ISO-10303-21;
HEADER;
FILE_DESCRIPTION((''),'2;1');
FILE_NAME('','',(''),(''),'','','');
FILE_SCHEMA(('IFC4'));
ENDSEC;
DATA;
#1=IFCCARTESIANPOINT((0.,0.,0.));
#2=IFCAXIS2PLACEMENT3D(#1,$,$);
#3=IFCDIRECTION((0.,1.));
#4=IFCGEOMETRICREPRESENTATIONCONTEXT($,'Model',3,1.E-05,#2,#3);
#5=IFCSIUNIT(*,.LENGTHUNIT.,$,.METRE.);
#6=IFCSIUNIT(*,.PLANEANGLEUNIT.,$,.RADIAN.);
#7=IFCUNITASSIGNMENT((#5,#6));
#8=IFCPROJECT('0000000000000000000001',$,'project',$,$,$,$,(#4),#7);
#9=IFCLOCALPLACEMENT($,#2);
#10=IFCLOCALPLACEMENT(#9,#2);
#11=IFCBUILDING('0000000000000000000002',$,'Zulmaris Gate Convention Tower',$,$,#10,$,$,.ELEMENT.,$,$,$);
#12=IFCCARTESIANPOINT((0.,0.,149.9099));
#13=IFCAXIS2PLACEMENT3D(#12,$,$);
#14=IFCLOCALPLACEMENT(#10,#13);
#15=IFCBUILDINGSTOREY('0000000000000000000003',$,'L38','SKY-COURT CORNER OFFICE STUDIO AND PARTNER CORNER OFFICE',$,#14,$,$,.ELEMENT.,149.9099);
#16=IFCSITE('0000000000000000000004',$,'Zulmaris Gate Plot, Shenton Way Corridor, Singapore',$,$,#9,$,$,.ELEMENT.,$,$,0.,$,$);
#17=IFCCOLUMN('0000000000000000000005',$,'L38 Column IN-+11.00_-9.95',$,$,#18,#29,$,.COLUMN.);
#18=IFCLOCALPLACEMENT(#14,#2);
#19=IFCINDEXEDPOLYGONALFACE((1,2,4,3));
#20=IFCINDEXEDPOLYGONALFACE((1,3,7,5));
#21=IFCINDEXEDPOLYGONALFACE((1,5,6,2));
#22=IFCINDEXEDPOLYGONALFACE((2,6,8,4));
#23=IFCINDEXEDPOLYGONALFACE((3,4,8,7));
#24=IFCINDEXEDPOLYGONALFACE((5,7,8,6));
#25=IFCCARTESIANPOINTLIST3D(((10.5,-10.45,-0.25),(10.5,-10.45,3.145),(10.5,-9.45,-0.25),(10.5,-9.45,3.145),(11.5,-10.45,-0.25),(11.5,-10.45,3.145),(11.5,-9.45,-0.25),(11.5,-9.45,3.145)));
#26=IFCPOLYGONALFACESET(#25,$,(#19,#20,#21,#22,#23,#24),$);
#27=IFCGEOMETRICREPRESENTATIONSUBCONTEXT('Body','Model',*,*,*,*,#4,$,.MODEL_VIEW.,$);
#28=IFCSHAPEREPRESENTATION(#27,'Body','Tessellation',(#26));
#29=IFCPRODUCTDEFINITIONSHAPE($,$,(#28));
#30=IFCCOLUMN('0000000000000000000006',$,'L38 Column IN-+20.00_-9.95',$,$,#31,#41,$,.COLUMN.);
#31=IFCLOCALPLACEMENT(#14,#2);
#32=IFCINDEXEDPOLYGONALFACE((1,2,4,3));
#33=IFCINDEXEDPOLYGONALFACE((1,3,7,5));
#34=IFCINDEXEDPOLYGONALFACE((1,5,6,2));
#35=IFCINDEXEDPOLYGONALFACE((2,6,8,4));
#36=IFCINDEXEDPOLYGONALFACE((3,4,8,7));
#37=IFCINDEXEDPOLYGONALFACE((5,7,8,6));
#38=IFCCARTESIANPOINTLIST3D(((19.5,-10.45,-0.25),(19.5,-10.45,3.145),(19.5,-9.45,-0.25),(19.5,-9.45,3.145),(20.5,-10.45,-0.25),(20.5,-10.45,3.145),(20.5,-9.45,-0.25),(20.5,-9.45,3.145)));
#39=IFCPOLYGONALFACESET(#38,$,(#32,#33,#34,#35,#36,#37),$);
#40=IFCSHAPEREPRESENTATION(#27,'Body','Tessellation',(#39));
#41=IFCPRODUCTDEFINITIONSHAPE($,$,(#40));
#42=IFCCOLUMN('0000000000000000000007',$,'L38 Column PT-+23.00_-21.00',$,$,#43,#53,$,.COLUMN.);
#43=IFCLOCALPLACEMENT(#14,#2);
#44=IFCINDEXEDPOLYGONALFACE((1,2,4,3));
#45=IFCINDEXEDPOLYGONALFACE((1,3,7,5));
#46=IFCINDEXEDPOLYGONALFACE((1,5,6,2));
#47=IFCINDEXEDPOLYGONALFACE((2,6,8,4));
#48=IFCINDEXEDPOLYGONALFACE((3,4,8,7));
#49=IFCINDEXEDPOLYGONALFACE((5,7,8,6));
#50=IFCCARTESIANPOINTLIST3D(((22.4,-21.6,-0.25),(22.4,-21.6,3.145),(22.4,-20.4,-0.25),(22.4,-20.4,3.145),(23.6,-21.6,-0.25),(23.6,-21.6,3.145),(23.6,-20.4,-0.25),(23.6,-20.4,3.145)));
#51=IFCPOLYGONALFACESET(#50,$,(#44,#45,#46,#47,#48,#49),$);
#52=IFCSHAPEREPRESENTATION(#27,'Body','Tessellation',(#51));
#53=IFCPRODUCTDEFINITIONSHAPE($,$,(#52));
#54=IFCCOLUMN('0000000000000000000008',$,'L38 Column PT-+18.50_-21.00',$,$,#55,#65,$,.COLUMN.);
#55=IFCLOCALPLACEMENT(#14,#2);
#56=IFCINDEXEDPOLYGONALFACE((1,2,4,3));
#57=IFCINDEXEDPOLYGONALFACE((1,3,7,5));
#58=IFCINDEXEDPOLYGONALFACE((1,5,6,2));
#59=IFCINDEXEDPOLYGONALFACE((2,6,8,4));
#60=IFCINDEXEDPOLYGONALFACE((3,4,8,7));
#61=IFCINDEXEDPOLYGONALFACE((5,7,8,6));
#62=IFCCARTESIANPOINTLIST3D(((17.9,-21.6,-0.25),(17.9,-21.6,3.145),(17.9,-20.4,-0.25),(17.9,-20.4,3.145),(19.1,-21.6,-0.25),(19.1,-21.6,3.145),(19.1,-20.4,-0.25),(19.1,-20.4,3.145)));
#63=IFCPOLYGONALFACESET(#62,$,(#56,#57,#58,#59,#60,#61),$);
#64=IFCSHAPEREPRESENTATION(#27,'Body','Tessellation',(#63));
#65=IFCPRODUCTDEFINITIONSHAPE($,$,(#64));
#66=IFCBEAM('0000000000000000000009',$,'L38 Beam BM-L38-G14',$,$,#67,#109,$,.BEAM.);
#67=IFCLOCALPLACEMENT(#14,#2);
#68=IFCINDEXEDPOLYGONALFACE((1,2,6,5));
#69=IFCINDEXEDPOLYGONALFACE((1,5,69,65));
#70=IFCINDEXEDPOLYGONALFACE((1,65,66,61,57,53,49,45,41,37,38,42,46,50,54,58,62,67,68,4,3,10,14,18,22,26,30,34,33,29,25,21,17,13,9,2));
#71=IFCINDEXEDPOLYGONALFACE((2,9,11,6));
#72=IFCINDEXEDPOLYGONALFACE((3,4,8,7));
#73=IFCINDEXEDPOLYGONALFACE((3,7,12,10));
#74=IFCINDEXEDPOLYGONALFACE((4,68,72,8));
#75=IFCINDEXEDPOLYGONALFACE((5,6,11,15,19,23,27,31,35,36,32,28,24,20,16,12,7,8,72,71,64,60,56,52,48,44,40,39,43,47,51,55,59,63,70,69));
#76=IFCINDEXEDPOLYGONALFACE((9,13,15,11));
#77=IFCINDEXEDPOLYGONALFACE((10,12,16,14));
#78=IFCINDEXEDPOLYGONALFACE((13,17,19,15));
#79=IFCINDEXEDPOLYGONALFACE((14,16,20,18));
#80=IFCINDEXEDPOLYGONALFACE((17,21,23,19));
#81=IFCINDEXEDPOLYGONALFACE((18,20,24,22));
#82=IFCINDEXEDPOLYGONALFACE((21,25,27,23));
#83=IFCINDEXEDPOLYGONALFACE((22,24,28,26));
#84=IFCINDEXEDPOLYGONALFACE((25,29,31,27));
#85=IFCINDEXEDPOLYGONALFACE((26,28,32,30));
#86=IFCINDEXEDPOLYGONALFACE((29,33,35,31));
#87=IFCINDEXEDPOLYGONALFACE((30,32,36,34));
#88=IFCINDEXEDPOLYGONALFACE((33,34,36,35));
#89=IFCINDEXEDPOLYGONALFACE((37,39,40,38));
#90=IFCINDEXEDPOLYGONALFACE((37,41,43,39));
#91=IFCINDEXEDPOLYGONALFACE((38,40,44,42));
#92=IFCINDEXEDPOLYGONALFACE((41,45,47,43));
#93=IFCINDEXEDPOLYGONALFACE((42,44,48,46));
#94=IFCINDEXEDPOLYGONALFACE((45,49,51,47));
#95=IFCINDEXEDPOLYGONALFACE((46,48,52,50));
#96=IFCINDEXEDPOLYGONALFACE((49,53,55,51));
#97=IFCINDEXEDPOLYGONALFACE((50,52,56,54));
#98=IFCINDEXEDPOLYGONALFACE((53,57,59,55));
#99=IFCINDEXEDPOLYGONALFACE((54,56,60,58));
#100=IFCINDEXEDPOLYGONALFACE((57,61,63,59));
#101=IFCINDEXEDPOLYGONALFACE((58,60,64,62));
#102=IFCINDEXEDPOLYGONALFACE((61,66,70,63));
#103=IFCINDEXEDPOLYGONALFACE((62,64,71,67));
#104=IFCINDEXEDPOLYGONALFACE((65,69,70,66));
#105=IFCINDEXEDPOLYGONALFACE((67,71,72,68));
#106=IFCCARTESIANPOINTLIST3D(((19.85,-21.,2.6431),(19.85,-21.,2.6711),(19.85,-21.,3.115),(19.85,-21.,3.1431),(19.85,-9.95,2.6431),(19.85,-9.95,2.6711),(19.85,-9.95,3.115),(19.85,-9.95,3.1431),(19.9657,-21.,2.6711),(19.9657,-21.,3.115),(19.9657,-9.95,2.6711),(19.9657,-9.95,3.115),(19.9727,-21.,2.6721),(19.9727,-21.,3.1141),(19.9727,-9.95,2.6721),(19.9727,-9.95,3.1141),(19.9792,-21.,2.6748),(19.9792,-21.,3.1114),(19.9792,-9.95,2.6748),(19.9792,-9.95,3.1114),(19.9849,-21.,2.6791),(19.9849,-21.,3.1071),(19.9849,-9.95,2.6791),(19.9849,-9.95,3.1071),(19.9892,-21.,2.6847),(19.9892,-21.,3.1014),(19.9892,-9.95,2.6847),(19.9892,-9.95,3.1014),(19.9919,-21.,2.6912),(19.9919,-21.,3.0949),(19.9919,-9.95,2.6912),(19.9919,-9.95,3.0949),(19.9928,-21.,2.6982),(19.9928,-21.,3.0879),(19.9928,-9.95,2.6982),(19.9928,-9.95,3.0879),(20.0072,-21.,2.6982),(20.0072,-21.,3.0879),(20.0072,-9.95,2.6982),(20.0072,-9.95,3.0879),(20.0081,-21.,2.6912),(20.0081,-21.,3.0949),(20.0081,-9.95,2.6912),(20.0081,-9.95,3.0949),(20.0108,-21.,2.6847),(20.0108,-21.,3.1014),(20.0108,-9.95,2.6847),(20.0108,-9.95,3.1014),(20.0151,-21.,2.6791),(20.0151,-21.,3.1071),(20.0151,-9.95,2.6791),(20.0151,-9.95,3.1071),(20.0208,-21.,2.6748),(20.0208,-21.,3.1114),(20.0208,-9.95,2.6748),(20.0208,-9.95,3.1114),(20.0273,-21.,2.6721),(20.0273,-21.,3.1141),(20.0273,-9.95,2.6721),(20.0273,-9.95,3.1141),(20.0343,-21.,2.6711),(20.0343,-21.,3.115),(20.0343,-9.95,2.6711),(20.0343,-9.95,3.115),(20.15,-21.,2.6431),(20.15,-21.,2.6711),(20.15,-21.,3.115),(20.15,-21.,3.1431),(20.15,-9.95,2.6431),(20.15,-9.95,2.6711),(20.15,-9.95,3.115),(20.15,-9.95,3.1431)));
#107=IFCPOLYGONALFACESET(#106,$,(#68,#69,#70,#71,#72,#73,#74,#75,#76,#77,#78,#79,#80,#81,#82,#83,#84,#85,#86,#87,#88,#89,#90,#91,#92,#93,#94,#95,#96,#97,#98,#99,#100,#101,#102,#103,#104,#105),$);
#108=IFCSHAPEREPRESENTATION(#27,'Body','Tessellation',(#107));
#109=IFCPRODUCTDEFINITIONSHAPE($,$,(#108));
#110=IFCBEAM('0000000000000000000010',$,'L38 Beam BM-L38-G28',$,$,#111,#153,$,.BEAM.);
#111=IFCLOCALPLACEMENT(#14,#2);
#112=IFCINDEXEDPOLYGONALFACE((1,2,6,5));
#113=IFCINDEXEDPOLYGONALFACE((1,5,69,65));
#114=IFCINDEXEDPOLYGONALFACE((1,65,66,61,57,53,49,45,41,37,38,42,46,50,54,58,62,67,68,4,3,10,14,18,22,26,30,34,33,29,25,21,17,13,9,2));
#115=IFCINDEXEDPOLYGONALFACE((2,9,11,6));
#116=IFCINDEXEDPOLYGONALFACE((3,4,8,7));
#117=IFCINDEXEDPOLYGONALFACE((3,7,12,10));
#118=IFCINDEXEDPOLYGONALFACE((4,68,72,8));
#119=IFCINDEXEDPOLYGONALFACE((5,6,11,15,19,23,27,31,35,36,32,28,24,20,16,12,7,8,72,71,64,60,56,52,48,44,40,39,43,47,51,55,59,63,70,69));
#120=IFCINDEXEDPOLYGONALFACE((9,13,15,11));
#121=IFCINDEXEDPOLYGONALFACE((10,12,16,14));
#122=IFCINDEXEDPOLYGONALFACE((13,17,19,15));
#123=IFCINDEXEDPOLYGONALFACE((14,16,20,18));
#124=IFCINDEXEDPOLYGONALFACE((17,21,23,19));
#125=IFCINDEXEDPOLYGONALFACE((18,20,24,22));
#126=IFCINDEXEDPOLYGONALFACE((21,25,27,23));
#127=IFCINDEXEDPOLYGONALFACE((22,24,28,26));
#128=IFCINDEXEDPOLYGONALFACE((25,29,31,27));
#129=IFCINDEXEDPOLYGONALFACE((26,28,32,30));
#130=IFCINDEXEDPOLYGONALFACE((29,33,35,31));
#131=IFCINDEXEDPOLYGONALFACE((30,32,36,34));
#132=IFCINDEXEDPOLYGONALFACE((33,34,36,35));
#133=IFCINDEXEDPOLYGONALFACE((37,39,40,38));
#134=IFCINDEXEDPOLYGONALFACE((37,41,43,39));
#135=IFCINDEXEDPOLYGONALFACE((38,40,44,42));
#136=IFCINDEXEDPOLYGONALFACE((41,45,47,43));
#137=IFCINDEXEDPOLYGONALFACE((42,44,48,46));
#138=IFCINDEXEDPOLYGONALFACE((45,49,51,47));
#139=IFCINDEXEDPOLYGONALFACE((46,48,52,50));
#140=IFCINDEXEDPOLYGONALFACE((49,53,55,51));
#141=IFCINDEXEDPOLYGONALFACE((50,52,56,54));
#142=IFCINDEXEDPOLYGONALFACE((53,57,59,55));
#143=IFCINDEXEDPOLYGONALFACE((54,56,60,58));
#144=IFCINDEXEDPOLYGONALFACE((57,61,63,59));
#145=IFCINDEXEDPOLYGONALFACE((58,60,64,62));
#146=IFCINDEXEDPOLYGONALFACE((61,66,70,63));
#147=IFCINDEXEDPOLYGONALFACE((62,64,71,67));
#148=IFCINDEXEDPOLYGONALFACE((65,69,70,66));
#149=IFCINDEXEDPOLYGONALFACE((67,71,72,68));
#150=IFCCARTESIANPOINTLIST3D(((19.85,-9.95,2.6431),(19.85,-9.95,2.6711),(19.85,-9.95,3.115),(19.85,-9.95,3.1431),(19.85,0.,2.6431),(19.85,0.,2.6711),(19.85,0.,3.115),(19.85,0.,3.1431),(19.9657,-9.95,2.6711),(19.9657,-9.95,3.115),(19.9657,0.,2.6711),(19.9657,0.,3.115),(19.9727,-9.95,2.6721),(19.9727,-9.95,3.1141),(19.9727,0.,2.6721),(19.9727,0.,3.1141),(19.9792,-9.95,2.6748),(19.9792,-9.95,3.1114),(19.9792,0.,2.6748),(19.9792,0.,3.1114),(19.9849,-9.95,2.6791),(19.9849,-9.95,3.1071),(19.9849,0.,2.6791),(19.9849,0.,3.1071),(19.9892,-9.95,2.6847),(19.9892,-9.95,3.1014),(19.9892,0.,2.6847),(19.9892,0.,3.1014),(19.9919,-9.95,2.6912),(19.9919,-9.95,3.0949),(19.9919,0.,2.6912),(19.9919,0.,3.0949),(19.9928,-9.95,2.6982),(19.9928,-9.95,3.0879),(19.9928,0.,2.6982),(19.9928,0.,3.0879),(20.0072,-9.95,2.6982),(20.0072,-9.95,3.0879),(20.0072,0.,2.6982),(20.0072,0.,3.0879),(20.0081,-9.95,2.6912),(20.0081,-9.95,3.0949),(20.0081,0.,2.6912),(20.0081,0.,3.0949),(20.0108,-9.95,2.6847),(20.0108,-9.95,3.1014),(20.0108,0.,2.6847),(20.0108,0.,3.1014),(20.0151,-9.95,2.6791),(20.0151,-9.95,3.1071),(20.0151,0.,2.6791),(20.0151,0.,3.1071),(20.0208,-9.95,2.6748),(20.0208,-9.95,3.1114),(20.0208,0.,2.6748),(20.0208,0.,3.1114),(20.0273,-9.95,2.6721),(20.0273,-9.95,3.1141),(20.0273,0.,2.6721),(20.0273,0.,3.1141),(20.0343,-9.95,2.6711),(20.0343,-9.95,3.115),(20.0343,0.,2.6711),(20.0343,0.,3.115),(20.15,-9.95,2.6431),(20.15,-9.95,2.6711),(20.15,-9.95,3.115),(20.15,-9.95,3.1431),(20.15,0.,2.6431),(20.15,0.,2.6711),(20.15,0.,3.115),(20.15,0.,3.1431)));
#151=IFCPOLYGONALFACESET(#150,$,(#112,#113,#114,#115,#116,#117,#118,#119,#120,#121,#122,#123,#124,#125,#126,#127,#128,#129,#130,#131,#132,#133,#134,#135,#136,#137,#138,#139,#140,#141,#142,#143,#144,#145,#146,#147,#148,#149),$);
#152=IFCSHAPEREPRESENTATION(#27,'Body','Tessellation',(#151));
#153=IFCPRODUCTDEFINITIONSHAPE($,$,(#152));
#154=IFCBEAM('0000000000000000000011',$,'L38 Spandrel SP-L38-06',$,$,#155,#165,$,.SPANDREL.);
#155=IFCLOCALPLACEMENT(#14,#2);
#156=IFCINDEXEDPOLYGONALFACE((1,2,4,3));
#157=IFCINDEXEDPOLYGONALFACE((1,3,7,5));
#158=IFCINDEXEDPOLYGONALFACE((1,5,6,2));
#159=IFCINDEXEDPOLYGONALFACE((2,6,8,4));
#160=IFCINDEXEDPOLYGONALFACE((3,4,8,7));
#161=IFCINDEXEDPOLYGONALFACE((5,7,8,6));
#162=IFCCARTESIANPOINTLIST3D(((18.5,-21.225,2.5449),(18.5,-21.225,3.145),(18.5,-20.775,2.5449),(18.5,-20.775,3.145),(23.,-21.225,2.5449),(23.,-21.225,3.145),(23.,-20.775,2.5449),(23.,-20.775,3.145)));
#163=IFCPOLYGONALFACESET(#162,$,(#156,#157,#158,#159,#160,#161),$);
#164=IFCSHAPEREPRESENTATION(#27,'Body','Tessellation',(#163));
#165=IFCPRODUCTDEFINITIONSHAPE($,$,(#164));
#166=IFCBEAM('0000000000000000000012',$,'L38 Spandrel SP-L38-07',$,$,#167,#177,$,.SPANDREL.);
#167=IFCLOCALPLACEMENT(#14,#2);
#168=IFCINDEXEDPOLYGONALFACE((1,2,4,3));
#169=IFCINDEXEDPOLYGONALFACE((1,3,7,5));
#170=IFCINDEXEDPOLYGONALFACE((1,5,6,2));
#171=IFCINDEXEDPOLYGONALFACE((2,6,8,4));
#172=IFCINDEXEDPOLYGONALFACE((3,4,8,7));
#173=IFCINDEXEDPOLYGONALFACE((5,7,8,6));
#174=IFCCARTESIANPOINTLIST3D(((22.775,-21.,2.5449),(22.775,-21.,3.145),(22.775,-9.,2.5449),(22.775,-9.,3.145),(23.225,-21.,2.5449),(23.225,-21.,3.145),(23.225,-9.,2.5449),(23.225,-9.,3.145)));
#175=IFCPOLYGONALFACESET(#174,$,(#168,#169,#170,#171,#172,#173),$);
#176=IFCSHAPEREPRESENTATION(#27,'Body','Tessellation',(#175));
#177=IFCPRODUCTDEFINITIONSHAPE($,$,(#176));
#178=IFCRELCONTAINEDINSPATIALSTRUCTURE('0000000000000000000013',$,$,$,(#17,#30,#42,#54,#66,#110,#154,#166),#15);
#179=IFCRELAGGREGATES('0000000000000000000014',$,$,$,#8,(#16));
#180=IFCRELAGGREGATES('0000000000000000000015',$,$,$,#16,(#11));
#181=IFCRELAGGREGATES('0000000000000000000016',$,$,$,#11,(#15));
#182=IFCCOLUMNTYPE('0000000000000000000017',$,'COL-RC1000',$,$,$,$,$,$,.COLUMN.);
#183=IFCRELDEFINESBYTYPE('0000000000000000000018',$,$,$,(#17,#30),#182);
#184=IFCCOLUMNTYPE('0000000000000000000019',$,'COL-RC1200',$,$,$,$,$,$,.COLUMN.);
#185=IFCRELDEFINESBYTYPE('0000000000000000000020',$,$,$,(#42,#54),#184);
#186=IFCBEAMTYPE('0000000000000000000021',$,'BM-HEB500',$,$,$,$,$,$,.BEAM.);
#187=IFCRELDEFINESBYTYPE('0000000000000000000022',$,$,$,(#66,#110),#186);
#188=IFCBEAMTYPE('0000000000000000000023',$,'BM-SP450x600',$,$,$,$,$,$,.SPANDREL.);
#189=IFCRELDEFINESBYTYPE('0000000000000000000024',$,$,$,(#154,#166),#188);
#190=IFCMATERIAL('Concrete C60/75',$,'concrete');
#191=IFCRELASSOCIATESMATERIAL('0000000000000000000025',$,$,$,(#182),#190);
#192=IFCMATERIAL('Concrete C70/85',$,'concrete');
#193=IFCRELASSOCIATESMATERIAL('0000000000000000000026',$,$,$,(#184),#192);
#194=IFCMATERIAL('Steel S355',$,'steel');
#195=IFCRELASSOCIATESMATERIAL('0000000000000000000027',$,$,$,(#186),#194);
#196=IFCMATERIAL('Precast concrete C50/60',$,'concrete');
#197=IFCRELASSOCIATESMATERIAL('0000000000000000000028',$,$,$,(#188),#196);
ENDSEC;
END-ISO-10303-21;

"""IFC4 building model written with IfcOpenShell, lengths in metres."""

from ifc_helpers import new_model, si_unit, direction, frame, origin, origin_2d, place, context, subcontext, project, spatial, rectangle, i_section, extrude, material, material_profile, profile_set, type_object, element, save


model = new_model("IFC4")

# Units and contexts
model_context = context("Model", 3, precision=1e-05, world=origin(), true_north=direction((0.0, 1.0)))
body_context = subcontext(model_context, "Body", "Model", "MODEL_VIEW")
ifc_project = project(units=[si_unit("LENGTHUNIT", "METRE"), si_unit("PLANEANGLEUNIT", "RADIAN")], contexts=[model_context])

# Site, building, storey
site_placement = place(None, origin())
site = spatial("IfcSite", under=ifc_project, at=site_placement, Name="Zulmaris Gate Plot, Shenton Way Corridor, Singapore", CompositionType="ELEMENT", RefElevation=0.0)
building_placement = place(site_placement, origin())
building = spatial("IfcBuilding", under=site, at=building_placement, Name="Zulmaris Gate Convention Tower", CompositionType="ELEMENT")
storey_placement = place(building_placement, frame((0.0, 0.0, 149.9099)))
storey = spatial("IfcBuildingStorey", under=building, at=storey_placement, Name="L38", Description="SKY-COURT CORNER OFFICE STUDIO AND PARTNER CORNER OFFICE", CompositionType="ELEMENT", Elevation=149.9099)

# Columns
ifc_material_1 = material(Name="Concrete C60/75", Category="concrete")
ifc_material_profile_1 = material_profile(ifc_material_1, rectangle(XDim=1.0, YDim=1.0, at=origin_2d()), Name="RC COL 1000x1000")
ifc_profile_set_1 = profile_set([ifc_material_profile_1], Name="Concrete C60/75")
column_type_1 = type_object("IfcColumnType", Name="COL-RC1000", PredefinedType="COLUMN", material=ifc_profile_set_1)
for number, where, z_axis, x_axis, name in (
    (1, (11.0, -9.95, -0.25), (0.0, 0.0, 1.0), (1.0, 0.0, 0.0), "L38 Column IN-+11.00_-9.95"),
    (2, (20.0, -9.95, -0.25), (0.0, 0.0, 1.0), (1.0, 0.0, 0.0), "L38 Column IN-+20.00_-9.95"),
):
    element("IfcColumn", number, at=place(storey_placement, frame(where, z_axis=z_axis, x_axis=x_axis)), inside=storey, type_object=column_type_1, Name=name, PredefinedType="COLUMN", context=body_context, shape_type="SweptSolid", body=[
        extrude(rectangle(XDim=1.0, YDim=1.0, at=origin_2d()), origin(), (0.0, 0.0, 1.0), 3.395),
    ])
ifc_material_2 = material(Name="Concrete C70/85", Category="concrete")
ifc_material_profile_2 = material_profile(ifc_material_2, rectangle(XDim=1.2, YDim=1.2, at=origin_2d()), Name="RC COL 1200x1200")
ifc_profile_set_2 = profile_set([ifc_material_profile_2], Name="Concrete C70/85")
column_type_2 = type_object("IfcColumnType", Name="COL-RC1200", PredefinedType="COLUMN", material=ifc_profile_set_2)
for number, where, z_axis, x_axis, name in (
    (3, (23.0, -21.0, -0.25), (0.0, 0.0, 1.0), (1.0, 0.0, 0.0), "L38 Column PT-+23.00_-21.00"),
    (4, (18.5, -21.0, -0.25), (0.0, 0.0, 1.0), (1.0, 0.0, 0.0), "L38 Column PT-+18.50_-21.00"),
):
    element("IfcColumn", number, at=place(storey_placement, frame(where, z_axis=z_axis, x_axis=x_axis)), inside=storey, type_object=column_type_2, Name=name, PredefinedType="COLUMN", context=body_context, shape_type="SweptSolid", body=[
        extrude(rectangle(XDim=1.2, YDim=1.2, at=origin_2d()), origin(), (0.0, 0.0, 1.0), 3.395),
    ])

# Beams
ifc_material_3 = material(Name="Steel S355", Category="steel")
ifc_material_profile_3 = material_profile(ifc_material_3, i_section(OverallWidth=0.3, OverallDepth=0.5, WebThickness=0.0144, FlangeThickness=0.0281, FilletRadius=0.0271, at=origin_2d()), Name="HEB 500")
ifc_profile_set_3 = profile_set([ifc_material_profile_3], Name="Steel S355")
beam_type_1 = type_object("IfcBeamType", Name="BM-HEB500", PredefinedType="BEAM", material=ifc_profile_set_3)
beam_1_placement = place(storey_placement, frame((20.0, -21.0, 2.8931), z_axis=(0.0, 1.0, 0.0), x_axis=(-1.0, 0.0, 0.0)))
element("IfcBeam", 5, at=beam_1_placement, inside=storey, type_object=beam_type_1, Name="L38 Beam BM-L38-G14", PredefinedType="BEAM", context=body_context, shape_type="SweptSolid", body=[
    extrude(i_section(OverallWidth=0.3, OverallDepth=0.5, WebThickness=0.0144, FlangeThickness=0.0281, FilletRadius=0.0271, at=origin_2d()), origin(), (0.0, 0.0, 1.0), 11.05),
])
beam_2_placement = place(storey_placement, frame((20.0, -9.95, 2.8931), z_axis=(0.0, 1.0, 0.0), x_axis=(-1.0, 0.0, 0.0)))
element("IfcBeam", 6, at=beam_2_placement, inside=storey, type_object=beam_type_1, Name="L38 Beam BM-L38-G28", PredefinedType="BEAM", context=body_context, shape_type="SweptSolid", body=[
    extrude(i_section(OverallWidth=0.3, OverallDepth=0.5, WebThickness=0.0144, FlangeThickness=0.0281, FilletRadius=0.0271, at=origin_2d()), origin(), (0.0, 0.0, 1.0), 9.95),
])
ifc_material_4 = material(Name="Precast concrete C50/60", Category="concrete")
ifc_material_profile_4 = material_profile(ifc_material_4, rectangle(XDim=0.45, YDim=0.6001, at=origin_2d()), Name="RC SPANDREL 450x600")
ifc_profile_set_4 = profile_set([ifc_material_profile_4], Name="Precast concrete C50/60")
beam_type_2 = type_object("IfcBeamType", Name="BM-SP450x600", PredefinedType="SPANDREL", material=ifc_profile_set_4)
beam_3_placement = place(storey_placement, frame((18.5, -21.0, 2.845), z_axis=(1.0, 0.0, 0.0), x_axis=(0.0, 1.0, 0.0)))
element("IfcBeam", 7, at=beam_3_placement, inside=storey, type_object=beam_type_2, Name="L38 Spandrel SP-L38-06", PredefinedType="SPANDREL", context=body_context, shape_type="SweptSolid", body=[
    extrude(rectangle(XDim=0.45, YDim=0.6001, at=origin_2d()), origin(), (0.0, 0.0, 1.0), 4.5),
])
beam_4_placement = place(storey_placement, frame((23.0, -21.0, 2.845), z_axis=(0.0, 1.0, 0.0), x_axis=(-1.0, 0.0, 0.0)))
element("IfcBeam", 8, at=beam_4_placement, inside=storey, type_object=beam_type_2, Name="L38 Spandrel SP-L38-07", PredefinedType="SPANDREL", context=body_context, shape_type="SweptSolid", body=[
    extrude(rectangle(XDim=0.45, YDim=0.6001, at=origin_2d()), origin(), (0.0, 0.0, 1.0), 12.0),
])

save(model, "model.ifc")
